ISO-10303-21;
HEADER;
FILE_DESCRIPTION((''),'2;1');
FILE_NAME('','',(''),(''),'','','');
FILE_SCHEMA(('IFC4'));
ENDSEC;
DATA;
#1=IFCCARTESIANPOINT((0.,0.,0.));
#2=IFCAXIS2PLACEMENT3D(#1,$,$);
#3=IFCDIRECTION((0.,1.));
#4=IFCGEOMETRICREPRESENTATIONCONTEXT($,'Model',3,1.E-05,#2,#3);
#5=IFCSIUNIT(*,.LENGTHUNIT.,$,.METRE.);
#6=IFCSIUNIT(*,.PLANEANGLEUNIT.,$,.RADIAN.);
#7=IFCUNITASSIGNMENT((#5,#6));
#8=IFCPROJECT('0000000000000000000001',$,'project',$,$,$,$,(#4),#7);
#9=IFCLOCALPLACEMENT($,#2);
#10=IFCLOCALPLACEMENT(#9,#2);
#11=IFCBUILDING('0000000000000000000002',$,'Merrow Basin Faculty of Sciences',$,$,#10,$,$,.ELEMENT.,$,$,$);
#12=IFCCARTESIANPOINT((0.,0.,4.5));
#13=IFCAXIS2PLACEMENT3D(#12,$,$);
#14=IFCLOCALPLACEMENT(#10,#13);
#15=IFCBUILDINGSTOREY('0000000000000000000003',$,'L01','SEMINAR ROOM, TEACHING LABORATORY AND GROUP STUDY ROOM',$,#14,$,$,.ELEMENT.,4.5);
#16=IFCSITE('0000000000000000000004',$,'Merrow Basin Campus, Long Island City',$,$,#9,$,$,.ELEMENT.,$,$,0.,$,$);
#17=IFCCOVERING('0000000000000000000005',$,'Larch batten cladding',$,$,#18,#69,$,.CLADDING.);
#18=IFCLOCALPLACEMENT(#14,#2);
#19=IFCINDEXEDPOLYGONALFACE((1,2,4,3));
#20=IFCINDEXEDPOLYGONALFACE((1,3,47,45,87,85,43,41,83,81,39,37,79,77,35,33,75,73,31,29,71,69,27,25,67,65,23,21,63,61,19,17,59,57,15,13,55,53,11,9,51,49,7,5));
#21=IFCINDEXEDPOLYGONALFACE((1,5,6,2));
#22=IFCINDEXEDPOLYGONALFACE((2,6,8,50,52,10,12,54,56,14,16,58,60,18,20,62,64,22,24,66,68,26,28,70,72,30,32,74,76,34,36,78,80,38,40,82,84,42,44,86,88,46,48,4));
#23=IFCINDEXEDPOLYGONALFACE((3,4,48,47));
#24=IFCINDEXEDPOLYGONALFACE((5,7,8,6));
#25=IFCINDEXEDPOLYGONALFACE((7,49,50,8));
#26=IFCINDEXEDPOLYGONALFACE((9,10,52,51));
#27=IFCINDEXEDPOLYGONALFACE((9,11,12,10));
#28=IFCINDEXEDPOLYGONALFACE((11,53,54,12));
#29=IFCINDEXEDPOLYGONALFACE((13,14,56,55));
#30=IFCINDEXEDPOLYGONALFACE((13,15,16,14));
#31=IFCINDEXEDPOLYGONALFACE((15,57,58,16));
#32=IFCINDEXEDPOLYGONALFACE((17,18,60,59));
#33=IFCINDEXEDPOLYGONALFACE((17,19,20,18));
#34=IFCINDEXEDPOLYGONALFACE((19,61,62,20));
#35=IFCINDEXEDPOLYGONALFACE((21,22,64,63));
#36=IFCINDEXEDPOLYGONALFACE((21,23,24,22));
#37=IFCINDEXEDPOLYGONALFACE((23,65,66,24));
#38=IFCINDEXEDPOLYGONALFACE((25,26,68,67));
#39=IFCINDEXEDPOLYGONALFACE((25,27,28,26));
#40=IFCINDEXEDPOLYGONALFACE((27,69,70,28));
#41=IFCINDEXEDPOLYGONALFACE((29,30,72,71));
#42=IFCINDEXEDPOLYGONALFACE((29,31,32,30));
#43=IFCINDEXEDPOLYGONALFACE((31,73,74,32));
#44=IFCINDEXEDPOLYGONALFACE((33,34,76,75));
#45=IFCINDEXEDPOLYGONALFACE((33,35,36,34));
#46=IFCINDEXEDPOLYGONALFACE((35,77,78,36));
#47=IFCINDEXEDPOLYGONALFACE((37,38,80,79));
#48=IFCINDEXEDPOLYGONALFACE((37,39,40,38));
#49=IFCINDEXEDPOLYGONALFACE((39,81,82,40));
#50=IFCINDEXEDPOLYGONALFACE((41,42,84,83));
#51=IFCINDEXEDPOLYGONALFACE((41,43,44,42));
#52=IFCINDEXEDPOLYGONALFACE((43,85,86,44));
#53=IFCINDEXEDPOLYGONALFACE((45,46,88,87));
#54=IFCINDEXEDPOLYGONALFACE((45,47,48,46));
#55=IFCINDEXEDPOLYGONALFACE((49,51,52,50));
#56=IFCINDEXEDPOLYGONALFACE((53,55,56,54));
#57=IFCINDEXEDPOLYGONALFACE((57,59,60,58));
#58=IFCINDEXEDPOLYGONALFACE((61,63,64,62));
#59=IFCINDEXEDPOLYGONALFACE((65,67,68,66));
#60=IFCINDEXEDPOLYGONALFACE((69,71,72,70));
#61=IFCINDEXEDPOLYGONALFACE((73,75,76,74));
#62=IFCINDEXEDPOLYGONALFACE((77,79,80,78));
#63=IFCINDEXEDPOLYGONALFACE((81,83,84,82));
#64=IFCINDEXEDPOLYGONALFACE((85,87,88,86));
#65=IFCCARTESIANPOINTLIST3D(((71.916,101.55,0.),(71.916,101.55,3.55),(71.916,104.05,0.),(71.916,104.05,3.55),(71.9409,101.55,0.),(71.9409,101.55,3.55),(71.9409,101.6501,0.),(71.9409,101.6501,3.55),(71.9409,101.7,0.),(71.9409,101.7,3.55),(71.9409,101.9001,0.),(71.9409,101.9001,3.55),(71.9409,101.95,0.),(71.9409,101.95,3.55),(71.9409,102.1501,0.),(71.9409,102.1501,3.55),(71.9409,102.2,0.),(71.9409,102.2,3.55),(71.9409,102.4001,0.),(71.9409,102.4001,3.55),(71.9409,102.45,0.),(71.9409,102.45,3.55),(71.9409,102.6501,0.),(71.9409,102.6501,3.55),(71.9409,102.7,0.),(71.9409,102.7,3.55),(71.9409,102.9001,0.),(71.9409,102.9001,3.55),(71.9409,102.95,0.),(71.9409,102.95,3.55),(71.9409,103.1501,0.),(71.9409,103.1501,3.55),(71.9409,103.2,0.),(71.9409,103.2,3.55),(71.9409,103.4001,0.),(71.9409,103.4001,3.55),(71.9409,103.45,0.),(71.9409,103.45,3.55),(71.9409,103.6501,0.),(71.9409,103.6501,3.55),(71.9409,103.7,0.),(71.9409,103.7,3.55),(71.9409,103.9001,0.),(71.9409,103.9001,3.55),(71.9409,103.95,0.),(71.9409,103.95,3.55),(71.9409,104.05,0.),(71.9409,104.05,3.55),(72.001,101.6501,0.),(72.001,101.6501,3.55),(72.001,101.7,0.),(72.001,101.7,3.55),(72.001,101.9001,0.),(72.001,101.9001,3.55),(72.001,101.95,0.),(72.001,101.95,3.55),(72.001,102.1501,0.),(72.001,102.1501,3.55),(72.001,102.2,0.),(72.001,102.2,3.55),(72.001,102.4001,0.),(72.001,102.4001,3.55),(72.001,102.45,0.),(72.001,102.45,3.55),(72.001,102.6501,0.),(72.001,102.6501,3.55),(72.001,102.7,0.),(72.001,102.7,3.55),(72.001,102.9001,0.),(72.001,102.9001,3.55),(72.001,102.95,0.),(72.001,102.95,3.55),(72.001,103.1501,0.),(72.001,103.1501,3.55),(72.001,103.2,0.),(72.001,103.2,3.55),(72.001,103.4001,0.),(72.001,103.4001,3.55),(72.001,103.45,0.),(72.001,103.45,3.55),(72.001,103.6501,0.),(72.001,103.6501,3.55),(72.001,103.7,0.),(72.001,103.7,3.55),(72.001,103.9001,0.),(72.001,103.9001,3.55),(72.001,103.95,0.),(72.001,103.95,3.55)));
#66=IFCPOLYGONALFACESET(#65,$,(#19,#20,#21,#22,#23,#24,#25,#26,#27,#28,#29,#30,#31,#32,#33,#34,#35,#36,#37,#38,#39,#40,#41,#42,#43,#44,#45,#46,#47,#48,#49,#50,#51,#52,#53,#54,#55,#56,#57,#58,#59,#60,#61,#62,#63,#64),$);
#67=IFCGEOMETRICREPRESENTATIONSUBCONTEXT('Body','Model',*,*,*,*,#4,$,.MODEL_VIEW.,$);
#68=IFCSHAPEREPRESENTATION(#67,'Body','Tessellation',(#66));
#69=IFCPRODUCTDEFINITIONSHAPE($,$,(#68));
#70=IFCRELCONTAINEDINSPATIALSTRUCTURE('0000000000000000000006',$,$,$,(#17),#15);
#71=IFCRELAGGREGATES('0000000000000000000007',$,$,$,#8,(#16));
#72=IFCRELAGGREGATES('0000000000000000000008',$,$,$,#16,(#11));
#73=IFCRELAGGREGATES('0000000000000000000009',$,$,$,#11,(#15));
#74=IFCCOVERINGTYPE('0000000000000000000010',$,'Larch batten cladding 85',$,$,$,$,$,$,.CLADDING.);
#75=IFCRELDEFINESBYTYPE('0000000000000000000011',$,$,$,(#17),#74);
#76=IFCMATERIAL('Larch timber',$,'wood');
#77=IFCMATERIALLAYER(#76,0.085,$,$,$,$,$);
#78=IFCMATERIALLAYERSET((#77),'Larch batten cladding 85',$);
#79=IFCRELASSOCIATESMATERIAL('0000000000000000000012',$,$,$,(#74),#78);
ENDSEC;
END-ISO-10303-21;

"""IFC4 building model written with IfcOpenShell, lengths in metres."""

from ifc_helpers import new_model, si_unit, direction, frame, origin, place, context, subcontext, project, spatial, polyline, outline, extrude, source, transform, mapped, material, layer, layer_set, type_object, element, save


model = new_model("IFC4")

# Units and contexts
model_context = context("Model", 3, precision=1e-05, world=origin(), true_north=direction((0.0, 1.0)))
body_context = subcontext(model_context, "Body", "Model", "MODEL_VIEW")
ifc_project = project(units=[si_unit("LENGTHUNIT", "METRE"), si_unit("PLANEANGLEUNIT", "RADIAN")], contexts=[model_context])

# Site, building, storey
site_placement = place(None, origin())
site = spatial("IfcSite", under=ifc_project, at=site_placement, Name="Merrow Basin Campus, Long Island City", CompositionType="ELEMENT", RefElevation=0.0)
building_placement = place(site_placement, origin())
building = spatial("IfcBuilding", under=site, at=building_placement, Name="Merrow Basin Faculty of Sciences", CompositionType="ELEMENT")
storey_placement = place(building_placement, frame((0.0, 0.0, 4.5)))
storey = spatial("IfcBuildingStorey", under=building, at=storey_placement, Name="L01", Description="SEMINAR ROOM, TEACHING LABORATORY AND GROUP STUDY ROOM", CompositionType="ELEMENT", Elevation=4.5)

# Covering
ifc_material_1 = material(Name="Larch timber", Category="wood")
ifc_layer_1 = layer(ifc_material_1, 0.085)
ifc_layer_set_1 = layer_set([ifc_layer_1], Name="Larch batten cladding 85")
covering_type = type_object("IfcCoveringType", Name="Larch batten cladding 85", PredefinedType="CLADDING", material=ifc_layer_set_1)
shared_shape_1 = source(origin(), body_context, "Body", "SweptSolid", [
    extrude(outline(polyline([(0.0, 0.0), (2.5, 0.0), (2.5, 0.0249), (2.3999, 0.0249), (2.3999, 0.085), (2.3501, 0.085), (2.3501, 0.0249), (2.1499, 0.0249), (2.1499, 0.085), (2.1001, 0.085), (2.1001, 0.0249), (1.8999, 0.0249), (1.8999, 0.085), (1.8501, 0.085), (1.8501, 0.0249), (1.6499, 0.0249), (1.6499, 0.085), (1.6001, 0.085), (1.6001, 0.0249), (1.3999, 0.0249), (1.3999, 0.085), (1.3501, 0.085), (1.3501, 0.0249), (1.1499, 0.0249), (1.1499, 0.085), (1.1001, 0.085), (1.1001, 0.0249), (0.8999, 0.0249), (0.8999, 0.085), (0.8501, 0.085), (0.8501, 0.0249), (0.6499, 0.0249), (0.6499, 0.085), (0.6001, 0.085), (0.6001, 0.0249), (0.3999, 0.0249), (0.3999, 0.085), (0.3501, 0.085), (0.3501, 0.0249), (0.1499, 0.0249), (0.1499, 0.085), (0.1001, 0.085), (0.1001, 0.0249), (0.0, 0.0249), (0.0, 0.0)])), origin(), (0.0, 0.0, 1.0), 3.55),
])
for number, where, z_axis, x_axis, name in (
    (1, (71.916, 104.05, 0.0), (0.0, 0.0, 1.0), (0.0, -1.0, 0.0), "Larch batten cladding"),
):
    element("IfcCovering", number, at=place(storey_placement, frame(where, z_axis=z_axis, x_axis=x_axis)), inside=storey, type_object=covering_type, Name=name, PredefinedType="CLADDING", context=body_context, shape_type="MappedRepresentation", body=[
        mapped(shared_shape_1, transform((0.0, 0.0, 0.0), scale=1.0)),
    ])

save(model, "model.ifc")
